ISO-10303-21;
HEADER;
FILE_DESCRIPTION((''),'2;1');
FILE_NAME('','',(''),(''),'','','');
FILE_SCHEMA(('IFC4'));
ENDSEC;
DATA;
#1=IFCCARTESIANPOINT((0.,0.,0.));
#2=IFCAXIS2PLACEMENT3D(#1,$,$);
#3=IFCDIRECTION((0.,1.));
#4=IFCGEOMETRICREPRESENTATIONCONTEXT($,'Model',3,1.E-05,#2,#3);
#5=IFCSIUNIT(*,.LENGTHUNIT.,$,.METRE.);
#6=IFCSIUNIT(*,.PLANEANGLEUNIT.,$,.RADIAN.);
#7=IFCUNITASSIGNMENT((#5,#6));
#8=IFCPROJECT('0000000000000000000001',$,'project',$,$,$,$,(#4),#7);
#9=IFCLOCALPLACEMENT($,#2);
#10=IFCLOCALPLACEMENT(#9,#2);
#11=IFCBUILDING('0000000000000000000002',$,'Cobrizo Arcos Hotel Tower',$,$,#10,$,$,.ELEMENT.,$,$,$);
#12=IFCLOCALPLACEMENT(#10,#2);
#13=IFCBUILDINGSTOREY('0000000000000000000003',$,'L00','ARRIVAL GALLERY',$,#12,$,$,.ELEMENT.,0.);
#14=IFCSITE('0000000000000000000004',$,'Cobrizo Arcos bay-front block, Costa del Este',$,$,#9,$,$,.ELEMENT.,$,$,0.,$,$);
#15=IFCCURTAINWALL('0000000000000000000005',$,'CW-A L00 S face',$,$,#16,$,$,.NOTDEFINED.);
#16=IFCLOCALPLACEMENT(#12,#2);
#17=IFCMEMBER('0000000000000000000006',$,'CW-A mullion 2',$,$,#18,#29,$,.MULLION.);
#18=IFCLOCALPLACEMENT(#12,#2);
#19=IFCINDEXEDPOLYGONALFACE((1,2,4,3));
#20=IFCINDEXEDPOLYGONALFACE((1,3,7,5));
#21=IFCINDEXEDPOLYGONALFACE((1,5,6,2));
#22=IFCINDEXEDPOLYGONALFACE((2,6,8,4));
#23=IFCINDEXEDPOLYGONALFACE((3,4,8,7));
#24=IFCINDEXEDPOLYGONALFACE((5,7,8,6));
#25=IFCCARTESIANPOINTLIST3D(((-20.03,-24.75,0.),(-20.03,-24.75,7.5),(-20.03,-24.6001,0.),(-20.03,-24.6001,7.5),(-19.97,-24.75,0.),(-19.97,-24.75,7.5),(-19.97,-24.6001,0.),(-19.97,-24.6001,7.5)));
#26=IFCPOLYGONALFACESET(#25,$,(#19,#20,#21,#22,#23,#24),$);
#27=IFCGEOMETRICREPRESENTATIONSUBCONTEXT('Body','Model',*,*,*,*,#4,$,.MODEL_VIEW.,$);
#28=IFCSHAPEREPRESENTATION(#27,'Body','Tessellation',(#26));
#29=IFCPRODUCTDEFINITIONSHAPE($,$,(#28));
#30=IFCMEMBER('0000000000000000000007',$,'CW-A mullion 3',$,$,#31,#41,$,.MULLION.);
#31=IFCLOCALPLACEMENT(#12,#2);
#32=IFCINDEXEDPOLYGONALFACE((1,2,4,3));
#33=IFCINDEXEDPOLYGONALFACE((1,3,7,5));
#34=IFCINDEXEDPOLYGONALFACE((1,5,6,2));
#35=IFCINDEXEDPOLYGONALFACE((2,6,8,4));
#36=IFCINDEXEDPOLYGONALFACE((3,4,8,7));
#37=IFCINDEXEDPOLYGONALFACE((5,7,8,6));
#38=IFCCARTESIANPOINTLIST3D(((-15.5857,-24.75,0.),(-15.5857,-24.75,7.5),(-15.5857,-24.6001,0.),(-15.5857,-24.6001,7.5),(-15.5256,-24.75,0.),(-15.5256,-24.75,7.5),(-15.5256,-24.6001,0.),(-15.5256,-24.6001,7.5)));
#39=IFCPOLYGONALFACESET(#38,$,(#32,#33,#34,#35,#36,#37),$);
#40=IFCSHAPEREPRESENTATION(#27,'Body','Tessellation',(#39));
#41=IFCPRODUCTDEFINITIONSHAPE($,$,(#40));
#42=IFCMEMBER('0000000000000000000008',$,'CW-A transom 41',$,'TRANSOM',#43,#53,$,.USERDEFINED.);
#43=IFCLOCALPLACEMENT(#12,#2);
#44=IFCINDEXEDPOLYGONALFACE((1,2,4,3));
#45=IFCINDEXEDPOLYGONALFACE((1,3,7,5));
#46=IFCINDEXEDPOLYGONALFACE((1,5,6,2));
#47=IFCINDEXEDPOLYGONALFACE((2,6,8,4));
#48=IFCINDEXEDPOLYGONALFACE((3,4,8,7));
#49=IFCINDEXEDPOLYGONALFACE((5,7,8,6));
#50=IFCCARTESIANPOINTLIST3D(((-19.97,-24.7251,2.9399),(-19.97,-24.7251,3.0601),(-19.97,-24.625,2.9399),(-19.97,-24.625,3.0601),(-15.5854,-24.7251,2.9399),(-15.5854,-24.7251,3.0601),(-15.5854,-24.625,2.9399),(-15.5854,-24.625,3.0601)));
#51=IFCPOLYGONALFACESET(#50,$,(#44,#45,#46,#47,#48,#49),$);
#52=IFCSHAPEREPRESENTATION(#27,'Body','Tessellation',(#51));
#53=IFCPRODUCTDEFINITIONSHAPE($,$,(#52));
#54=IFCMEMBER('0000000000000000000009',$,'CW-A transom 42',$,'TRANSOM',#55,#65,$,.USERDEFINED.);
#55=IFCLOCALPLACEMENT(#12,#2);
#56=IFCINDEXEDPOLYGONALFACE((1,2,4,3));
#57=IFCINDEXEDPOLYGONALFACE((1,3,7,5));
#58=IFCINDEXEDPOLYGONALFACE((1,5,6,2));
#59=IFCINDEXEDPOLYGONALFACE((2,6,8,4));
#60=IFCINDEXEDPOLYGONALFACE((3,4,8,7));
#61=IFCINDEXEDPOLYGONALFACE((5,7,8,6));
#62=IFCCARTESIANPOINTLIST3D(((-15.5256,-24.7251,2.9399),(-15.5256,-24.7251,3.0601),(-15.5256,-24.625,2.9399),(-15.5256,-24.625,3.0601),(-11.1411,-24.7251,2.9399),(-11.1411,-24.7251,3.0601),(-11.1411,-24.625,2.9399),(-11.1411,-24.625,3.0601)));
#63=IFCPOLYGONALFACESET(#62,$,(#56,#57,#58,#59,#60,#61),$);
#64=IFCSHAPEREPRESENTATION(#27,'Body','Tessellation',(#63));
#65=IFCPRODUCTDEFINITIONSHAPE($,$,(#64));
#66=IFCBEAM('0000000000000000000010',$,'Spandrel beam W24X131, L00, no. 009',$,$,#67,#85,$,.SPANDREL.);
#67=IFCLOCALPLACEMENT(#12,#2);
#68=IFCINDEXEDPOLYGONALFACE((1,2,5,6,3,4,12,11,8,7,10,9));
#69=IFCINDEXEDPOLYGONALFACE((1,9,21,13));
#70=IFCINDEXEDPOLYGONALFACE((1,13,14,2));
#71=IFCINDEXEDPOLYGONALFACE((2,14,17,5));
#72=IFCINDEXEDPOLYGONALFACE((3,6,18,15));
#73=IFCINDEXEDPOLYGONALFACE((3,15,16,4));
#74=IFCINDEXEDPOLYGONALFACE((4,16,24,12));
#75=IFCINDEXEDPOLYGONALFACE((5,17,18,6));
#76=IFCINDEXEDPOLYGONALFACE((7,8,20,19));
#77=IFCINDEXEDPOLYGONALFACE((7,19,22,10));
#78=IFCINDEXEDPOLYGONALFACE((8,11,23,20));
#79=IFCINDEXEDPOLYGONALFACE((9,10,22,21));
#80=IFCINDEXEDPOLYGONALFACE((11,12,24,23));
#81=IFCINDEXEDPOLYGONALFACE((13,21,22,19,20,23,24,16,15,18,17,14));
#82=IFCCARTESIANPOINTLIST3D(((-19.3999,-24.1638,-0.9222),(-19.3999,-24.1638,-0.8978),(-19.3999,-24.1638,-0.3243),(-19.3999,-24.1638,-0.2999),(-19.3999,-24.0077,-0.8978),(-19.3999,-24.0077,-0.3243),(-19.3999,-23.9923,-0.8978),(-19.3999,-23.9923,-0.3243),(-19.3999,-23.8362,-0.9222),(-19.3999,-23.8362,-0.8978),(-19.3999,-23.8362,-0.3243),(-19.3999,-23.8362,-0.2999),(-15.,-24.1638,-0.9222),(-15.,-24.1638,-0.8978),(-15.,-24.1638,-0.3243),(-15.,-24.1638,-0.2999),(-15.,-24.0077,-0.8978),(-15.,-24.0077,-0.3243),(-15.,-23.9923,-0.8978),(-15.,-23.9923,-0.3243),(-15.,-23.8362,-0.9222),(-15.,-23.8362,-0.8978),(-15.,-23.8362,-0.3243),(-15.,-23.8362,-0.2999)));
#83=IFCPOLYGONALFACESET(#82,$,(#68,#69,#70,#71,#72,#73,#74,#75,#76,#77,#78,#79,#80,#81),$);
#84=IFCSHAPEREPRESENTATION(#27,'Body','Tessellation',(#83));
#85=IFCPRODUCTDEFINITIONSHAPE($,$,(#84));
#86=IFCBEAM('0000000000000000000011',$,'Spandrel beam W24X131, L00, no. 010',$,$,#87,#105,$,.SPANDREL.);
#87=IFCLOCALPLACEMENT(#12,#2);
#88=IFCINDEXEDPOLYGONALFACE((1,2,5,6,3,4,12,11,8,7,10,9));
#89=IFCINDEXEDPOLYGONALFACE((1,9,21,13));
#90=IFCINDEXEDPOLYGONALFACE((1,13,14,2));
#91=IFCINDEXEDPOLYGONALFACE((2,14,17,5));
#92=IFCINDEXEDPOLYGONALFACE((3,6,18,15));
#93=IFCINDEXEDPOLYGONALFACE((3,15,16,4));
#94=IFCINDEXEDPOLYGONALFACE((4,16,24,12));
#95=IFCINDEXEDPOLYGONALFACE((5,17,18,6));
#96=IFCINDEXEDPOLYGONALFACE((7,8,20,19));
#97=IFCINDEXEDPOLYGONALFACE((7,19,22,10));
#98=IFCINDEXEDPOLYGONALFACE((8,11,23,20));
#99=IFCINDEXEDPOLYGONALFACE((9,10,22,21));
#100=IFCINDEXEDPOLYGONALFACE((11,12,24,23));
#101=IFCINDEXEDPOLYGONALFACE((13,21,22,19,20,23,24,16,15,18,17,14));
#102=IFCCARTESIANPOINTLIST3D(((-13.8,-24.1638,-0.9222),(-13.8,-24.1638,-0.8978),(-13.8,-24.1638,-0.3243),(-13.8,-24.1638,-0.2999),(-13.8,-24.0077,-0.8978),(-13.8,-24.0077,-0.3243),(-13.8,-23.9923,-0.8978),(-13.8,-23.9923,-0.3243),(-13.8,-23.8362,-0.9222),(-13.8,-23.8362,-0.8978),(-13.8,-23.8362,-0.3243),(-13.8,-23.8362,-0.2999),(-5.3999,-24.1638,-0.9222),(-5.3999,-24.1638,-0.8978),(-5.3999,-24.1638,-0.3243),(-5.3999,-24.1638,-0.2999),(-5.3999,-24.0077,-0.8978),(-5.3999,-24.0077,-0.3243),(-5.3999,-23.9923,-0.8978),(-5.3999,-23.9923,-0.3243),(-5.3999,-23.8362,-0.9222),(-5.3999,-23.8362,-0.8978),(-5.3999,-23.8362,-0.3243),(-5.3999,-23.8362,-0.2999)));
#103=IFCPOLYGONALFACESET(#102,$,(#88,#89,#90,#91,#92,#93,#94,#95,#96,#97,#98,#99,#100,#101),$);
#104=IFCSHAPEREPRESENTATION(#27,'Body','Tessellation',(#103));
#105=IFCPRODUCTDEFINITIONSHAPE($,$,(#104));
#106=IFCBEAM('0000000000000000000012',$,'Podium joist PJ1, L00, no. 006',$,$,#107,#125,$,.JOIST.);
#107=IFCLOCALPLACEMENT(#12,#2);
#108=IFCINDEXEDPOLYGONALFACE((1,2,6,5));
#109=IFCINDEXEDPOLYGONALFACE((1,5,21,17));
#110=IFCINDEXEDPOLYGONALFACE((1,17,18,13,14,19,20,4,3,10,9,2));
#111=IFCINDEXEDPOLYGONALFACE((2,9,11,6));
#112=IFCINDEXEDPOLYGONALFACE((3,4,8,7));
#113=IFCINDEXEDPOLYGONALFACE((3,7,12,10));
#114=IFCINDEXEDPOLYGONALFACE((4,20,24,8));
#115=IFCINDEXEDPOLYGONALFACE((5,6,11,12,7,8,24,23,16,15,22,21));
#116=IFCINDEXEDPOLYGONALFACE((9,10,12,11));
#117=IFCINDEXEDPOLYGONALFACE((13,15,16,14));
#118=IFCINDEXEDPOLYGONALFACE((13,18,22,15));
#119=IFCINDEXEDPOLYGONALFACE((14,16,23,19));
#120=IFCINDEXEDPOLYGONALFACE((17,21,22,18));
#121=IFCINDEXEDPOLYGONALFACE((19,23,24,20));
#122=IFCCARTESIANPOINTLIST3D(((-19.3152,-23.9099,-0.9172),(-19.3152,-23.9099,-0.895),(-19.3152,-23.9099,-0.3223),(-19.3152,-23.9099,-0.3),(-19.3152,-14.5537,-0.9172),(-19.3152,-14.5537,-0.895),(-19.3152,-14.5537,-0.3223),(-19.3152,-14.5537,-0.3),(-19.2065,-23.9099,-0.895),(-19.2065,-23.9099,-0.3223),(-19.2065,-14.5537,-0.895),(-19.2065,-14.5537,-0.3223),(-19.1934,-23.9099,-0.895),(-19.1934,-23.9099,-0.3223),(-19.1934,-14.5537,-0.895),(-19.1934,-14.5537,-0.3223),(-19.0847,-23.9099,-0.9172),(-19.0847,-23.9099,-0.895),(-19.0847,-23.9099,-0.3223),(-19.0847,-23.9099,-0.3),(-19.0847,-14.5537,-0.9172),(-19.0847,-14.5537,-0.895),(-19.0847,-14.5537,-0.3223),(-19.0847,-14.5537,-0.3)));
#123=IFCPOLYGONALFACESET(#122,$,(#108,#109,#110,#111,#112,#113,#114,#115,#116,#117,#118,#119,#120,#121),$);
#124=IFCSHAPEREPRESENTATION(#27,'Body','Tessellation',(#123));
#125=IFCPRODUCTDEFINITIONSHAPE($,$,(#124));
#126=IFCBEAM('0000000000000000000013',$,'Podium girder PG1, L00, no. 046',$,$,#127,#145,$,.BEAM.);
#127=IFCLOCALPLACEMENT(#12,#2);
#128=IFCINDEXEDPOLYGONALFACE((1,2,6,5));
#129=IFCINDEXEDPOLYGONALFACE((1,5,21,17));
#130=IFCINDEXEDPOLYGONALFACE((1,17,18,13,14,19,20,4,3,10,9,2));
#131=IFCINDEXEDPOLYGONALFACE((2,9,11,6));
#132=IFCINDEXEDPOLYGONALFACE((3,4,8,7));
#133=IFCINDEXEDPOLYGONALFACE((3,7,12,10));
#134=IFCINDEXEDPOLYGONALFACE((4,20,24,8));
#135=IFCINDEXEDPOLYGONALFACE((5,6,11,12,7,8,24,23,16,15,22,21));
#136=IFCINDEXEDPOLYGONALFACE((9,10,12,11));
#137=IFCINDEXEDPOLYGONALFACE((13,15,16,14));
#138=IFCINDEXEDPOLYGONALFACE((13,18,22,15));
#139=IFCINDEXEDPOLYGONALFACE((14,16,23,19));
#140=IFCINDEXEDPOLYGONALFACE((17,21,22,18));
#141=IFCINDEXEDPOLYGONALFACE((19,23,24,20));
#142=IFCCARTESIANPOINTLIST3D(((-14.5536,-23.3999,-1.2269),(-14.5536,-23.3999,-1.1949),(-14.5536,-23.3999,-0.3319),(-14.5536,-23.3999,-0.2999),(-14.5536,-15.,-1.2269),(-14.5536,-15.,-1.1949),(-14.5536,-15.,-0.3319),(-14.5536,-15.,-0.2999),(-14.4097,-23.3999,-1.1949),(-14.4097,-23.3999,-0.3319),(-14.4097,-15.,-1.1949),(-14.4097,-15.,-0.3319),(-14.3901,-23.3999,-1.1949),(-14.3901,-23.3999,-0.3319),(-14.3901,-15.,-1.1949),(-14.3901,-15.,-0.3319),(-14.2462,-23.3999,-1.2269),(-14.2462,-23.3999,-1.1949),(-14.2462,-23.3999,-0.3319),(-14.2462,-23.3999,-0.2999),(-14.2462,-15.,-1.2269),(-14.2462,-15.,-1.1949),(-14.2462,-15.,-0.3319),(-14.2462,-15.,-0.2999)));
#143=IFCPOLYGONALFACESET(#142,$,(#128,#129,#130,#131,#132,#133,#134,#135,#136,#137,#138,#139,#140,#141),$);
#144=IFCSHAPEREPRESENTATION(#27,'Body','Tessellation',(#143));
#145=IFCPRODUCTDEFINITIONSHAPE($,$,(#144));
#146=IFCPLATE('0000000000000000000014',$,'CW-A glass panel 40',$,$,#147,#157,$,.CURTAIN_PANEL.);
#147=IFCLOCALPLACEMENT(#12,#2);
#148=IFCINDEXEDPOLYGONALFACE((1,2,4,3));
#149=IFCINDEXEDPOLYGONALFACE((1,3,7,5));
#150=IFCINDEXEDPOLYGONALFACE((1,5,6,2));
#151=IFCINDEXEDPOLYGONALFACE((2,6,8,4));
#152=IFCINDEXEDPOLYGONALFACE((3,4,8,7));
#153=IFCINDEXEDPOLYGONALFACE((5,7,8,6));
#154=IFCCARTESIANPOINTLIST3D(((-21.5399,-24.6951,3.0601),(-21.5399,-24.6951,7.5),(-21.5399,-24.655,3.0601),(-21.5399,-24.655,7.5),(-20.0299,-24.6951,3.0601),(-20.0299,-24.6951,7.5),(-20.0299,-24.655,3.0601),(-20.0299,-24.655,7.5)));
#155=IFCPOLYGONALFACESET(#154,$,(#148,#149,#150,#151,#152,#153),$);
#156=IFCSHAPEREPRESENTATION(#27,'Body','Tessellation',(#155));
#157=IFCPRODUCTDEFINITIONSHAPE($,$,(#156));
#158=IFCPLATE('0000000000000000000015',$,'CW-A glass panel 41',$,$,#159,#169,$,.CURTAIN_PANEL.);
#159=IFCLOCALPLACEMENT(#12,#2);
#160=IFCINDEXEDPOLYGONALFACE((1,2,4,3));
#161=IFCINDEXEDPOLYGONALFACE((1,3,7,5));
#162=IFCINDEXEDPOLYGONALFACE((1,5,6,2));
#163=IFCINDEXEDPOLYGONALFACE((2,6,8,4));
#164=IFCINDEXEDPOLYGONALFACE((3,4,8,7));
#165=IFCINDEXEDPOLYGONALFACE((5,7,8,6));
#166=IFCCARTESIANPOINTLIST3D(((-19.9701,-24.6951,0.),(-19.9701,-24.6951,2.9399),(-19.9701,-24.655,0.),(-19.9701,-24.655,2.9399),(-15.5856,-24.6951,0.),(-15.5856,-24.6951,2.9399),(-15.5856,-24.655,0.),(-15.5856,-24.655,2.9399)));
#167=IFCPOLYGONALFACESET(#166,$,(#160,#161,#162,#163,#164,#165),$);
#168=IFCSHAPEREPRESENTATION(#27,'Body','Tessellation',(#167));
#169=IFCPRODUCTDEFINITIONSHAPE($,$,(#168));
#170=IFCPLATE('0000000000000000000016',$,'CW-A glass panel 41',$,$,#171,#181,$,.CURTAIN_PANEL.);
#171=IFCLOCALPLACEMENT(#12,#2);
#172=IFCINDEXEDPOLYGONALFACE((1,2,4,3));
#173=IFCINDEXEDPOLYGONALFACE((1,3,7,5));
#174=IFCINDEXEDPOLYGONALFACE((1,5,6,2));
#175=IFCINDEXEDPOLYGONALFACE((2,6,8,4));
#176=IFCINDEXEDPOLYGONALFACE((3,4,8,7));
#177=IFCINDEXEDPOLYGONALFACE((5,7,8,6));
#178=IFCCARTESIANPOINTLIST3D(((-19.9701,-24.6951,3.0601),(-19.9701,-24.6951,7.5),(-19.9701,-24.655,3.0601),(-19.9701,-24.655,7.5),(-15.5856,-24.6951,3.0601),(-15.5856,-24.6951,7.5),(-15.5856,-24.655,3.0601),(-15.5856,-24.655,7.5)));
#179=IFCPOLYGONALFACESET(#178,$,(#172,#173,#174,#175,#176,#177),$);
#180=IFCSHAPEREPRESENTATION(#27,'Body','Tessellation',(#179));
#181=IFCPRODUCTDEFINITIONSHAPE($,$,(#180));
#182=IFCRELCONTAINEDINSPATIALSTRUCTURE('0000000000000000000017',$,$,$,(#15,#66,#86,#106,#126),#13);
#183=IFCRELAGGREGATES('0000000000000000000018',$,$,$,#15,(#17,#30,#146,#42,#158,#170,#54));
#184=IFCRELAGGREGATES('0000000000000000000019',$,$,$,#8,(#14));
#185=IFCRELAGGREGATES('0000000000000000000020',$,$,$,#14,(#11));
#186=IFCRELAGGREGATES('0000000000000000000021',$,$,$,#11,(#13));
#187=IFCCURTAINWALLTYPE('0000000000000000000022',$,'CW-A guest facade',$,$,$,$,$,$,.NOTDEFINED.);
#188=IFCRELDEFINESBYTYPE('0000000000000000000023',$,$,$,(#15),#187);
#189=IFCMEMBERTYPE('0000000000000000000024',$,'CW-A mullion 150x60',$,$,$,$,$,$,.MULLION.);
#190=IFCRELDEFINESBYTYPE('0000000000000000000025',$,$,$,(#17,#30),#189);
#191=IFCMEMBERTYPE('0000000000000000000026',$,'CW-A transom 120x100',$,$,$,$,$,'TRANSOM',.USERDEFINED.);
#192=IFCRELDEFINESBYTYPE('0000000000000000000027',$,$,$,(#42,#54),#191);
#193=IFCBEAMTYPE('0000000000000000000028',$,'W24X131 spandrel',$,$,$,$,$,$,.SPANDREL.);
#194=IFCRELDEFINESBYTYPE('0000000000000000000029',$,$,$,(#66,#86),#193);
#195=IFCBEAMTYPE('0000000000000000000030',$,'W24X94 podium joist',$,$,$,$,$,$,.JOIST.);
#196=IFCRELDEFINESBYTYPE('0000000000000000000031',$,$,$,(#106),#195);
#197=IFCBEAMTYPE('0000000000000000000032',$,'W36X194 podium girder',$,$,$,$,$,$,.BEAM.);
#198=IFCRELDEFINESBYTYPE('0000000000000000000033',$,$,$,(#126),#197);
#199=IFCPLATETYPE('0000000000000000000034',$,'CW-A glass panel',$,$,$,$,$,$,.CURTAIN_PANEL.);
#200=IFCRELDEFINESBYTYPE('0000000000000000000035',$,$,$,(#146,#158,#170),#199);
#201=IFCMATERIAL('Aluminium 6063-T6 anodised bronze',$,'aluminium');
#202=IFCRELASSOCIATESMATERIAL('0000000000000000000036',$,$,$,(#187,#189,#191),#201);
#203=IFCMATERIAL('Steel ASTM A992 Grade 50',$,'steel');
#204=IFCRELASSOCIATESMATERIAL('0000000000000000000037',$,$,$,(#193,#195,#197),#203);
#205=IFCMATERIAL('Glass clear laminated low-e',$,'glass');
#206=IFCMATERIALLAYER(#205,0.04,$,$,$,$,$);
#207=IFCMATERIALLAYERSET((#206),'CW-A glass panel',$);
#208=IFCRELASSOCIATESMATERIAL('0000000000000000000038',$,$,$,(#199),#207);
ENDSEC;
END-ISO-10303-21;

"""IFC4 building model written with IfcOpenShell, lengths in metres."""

from ifc_helpers import new_model, si_unit, direction, frame, origin, origin_2d, place, context, subcontext, project, spatial, rectangle, i_section, extrude, material, layer, layer_set, material_profile, profile_set, type_object, element, aggregate, save


model = new_model("IFC4")

# Units and contexts
model_context = context("Model", 3, precision=1e-05, world=origin(), true_north=direction((0.0, 1.0)))
body_context = subcontext(model_context, "Body", "Model", "MODEL_VIEW")
ifc_project = project(units=[si_unit("LENGTHUNIT", "METRE"), si_unit("PLANEANGLEUNIT", "RADIAN")], contexts=[model_context])

# Site, building, storey
site_placement = place(None, origin())
site = spatial("IfcSite", under=ifc_project, at=site_placement, Name="Cobrizo Arcos bay-front block, Costa del Este", CompositionType="ELEMENT", RefElevation=0.0)
building_placement = place(site_placement, origin())
building = spatial("IfcBuilding", under=site, at=building_placement, Name="Cobrizo Arcos Hotel Tower", CompositionType="ELEMENT")
storey_placement = place(building_placement, origin())
storey = spatial("IfcBuildingStorey", under=building, at=storey_placement, Name="L00", Description="ARRIVAL GALLERY", CompositionType="ELEMENT", Elevation=0.0)

# Curtain wall, members
ifc_material_1 = material(Name="Aluminium 6063-T6 anodised bronze", Category="aluminium")
curtain_wall_type = type_object("IfcCurtainWallType", Name="CW-A guest facade", PredefinedType="NOTDEFINED", material=ifc_material_1)
curtain_wall_placement = place(storey_placement, origin())
curtain_wall = element("IfcCurtainWall", 1, at=curtain_wall_placement, inside=storey, type_object=curtain_wall_type, Name="CW-A L00 S face", PredefinedType="NOTDEFINED")
ifc_material_profile_1 = material_profile(ifc_material_1, rectangle(XDim=0.1499, YDim=0.0601, at=origin_2d()), Name="CW-A mullion 150x60")
ifc_profile_set_1 = profile_set([ifc_material_profile_1], Name="Aluminium 6063-T6 anodised bronze")
member_type_1 = type_object("IfcMemberType", Name="CW-A mullion 150x60", PredefinedType="MULLION", material=ifc_profile_set_1)
member_1_placement = place(storey_placement, frame((-20.0, -24.675, 0.0), z_axis=(0.0, 0.0, 1.0), x_axis=(0.0, -1.0, 0.0)))
member_1 = element("IfcMember", 2, at=member_1_placement, type_object=member_type_1, Name="CW-A mullion 2", PredefinedType="MULLION", context=body_context, shape_type="SweptSolid", body=[
    extrude(rectangle(XDim=0.1499, YDim=0.0601, at=origin_2d()), origin(), (0.0, 0.0, 1.0), 7.5),
])
member_2_placement = place(storey_placement, frame((-15.5557, -24.675, 0.0), z_axis=(0.0, 0.0, 1.0), x_axis=(0.0, -1.0, 0.0)))
member_2 = element("IfcMember", 3, at=member_2_placement, type_object=member_type_1, Name="CW-A mullion 3", PredefinedType="MULLION", context=body_context, shape_type="SweptSolid", body=[
    extrude(rectangle(XDim=0.1499, YDim=0.0601, at=origin_2d()), origin(), (0.0, 0.0, 1.0), 7.5),
])
ifc_material_profile_2 = material_profile(ifc_material_1, rectangle(XDim=0.1001, YDim=0.1201, at=origin_2d()), Name="CW-A transom 120x100")
ifc_profile_set_2 = profile_set([ifc_material_profile_2], Name="Aluminium 6063-T6 anodised bronze")
member_type_2 = type_object("IfcMemberType", Name="CW-A transom 120x100", ElementType="TRANSOM", PredefinedType="USERDEFINED", material=ifc_profile_set_2)
member_3_placement = place(storey_placement, frame((-19.97, -24.675, 3.0), z_axis=(1.0, 0.0, 0.0), x_axis=(0.0, 1.0, 0.0)))
member_3 = element("IfcMember", 4, at=member_3_placement, type_object=member_type_2, Name="CW-A transom 41", ObjectType="TRANSOM", PredefinedType="USERDEFINED", context=body_context, shape_type="SweptSolid", body=[
    extrude(rectangle(XDim=0.1001, YDim=0.1201, at=origin_2d()), origin(), (0.0, 0.0, 1.0), 4.3845),
])
member_4_placement = place(storey_placement, frame((-15.5256, -24.675, 3.0), z_axis=(1.0, 0.0, 0.0), x_axis=(0.0, 1.0, 0.0)))
member_4 = element("IfcMember", 5, at=member_4_placement, type_object=member_type_2, Name="CW-A transom 42", ObjectType="TRANSOM", PredefinedType="USERDEFINED", context=body_context, shape_type="SweptSolid", body=[
    extrude(rectangle(XDim=0.1001, YDim=0.1201, at=origin_2d()), origin(), (0.0, 0.0, 1.0), 4.3845),
])

# Beams
ifc_material_2 = material(Name="Steel ASTM A992 Grade 50", Category="steel")
ifc_material_profile_3 = material_profile(ifc_material_2, i_section(OverallWidth=0.3276, OverallDepth=0.6223, WebThickness=0.0154, FlangeThickness=0.0244, at=origin_2d()), Name="W24X131")
ifc_profile_set_3 = profile_set([ifc_material_profile_3], Name="Steel ASTM A992 Grade 50")
beam_type_1 = type_object("IfcBeamType", Name="W24X131 spandrel", PredefinedType="SPANDREL", material=ifc_profile_set_3)
beam_1_placement = place(storey_placement, frame((-19.3999, -24.0, -0.6111), z_axis=(1.0, 0.0, 0.0), x_axis=(0.0, 1.0, 0.0)))
element("IfcBeam", 6, at=beam_1_placement, inside=storey, type_object=beam_type_1, Name="Spandrel beam W24X131, L00, no. 009", PredefinedType="SPANDREL", context=body_context, shape_type="SweptSolid", body=[
    extrude(i_section(OverallWidth=0.3276, OverallDepth=0.6223, WebThickness=0.0154, FlangeThickness=0.0244, at=origin_2d()), origin(), (0.0, 0.0, 1.0), 4.3999),
])
beam_2_placement = place(storey_placement, frame((-13.8, -24.0, -0.6111), z_axis=(1.0, 0.0, 0.0), x_axis=(0.0, 1.0, 0.0)))
element("IfcBeam", 7, at=beam_2_placement, inside=storey, type_object=beam_type_1, Name="Spandrel beam W24X131, L00, no. 010", PredefinedType="SPANDREL", context=body_context, shape_type="SweptSolid", body=[
    extrude(i_section(OverallWidth=0.3276, OverallDepth=0.6223, WebThickness=0.0154, FlangeThickness=0.0244, at=origin_2d()), origin(), (0.0, 0.0, 1.0), 8.4001),
])
ifc_material_profile_4 = material_profile(ifc_material_2, i_section(OverallWidth=0.2305, OverallDepth=0.6172, WebThickness=0.0132, FlangeThickness=0.0222, at=origin_2d()), Name="W24X94")
ifc_profile_set_4 = profile_set([ifc_material_profile_4], Name="Steel ASTM A992 Grade 50")
beam_type_2 = type_object("IfcBeamType", Name="W24X94 podium joist", PredefinedType="JOIST", material=ifc_profile_set_4)
beam_3_placement = place(storey_placement, frame((-19.2, -23.9099, -0.6086), z_axis=(0.0, 1.0, 0.0), x_axis=(-1.0, 0.0, 0.0)))
element("IfcBeam", 8, at=beam_3_placement, inside=storey, type_object=beam_type_2, Name="Podium joist PJ1, L00, no. 006", PredefinedType="JOIST", context=body_context, shape_type="SweptSolid", body=[
    extrude(i_section(OverallWidth=0.2305, OverallDepth=0.6172, WebThickness=0.0132, FlangeThickness=0.0222, at=origin_2d()), origin(), (0.0, 0.0, 1.0), 9.3562),
])
ifc_material_profile_5 = material_profile(ifc_material_2, i_section(OverallWidth=0.3074, OverallDepth=0.927, WebThickness=0.0195, FlangeThickness=0.032, at=origin_2d()), Name="W36X194")
ifc_profile_set_5 = profile_set([ifc_material_profile_5], Name="Steel ASTM A992 Grade 50")
beam_type_3 = type_object("IfcBeamType", Name="W36X194 podium girder", PredefinedType="BEAM", material=ifc_profile_set_5)
beam_4_placement = place(storey_placement, frame((-14.3999, -23.3999, -0.7634), z_axis=(0.0, 1.0, 0.0), x_axis=(-1.0, 0.0, 0.0)))
element("IfcBeam", 9, at=beam_4_placement, inside=storey, type_object=beam_type_3, Name="Podium girder PG1, L00, no. 046", PredefinedType="BEAM", context=body_context, shape_type="SweptSolid", body=[
    extrude(i_section(OverallWidth=0.3074, OverallDepth=0.927, WebThickness=0.0195, FlangeThickness=0.032, at=origin_2d()), origin(), (0.0, 0.0, 1.0), 8.3999),
])

# Plates
ifc_material_3 = material(Name="Glass clear laminated low-e", Category="glass")
ifc_layer_1 = layer(ifc_material_3, 0.04)
ifc_layer_set_1 = layer_set([ifc_layer_1], Name="CW-A glass panel")
plate_type = type_object("IfcPlateType", Name="CW-A glass panel", PredefinedType="CURTAIN_PANEL", material=ifc_layer_set_1)
plate_1_placement = place(storey_placement, frame((-20.7849, -24.675, 3.0601), z_axis=(0.0, 0.0, 1.0), x_axis=(1.0, 0.0, 0.0)))
plate_1 = element("IfcPlate", 10, at=plate_1_placement, type_object=plate_type, Name="CW-A glass panel 40", PredefinedType="CURTAIN_PANEL", context=body_context, shape_type="SweptSolid", body=[
    extrude(rectangle(XDim=1.51, YDim=0.04, at=origin_2d()), origin(), (0.0, 0.0, 1.0), 4.4399),
])
plate_2_placement = place(storey_placement, frame((-17.7778, -24.675, 0.0), z_axis=(0.0, 0.0, 1.0), x_axis=(1.0, 0.0, 0.0)))
plate_2 = element("IfcPlate", 11, at=plate_2_placement, type_object=plate_type, Name="CW-A glass panel 41", PredefinedType="CURTAIN_PANEL", context=body_context, shape_type="SweptSolid", body=[
    extrude(rectangle(XDim=4.3845, YDim=0.04, at=origin_2d()), origin(), (0.0, 0.0, 1.0), 2.9399),
])
plate_3_placement = place(storey_placement, frame((-17.7778, -24.675, 3.0601), z_axis=(0.0, 0.0, 1.0), x_axis=(1.0, 0.0, 0.0)))
plate_3 = element("IfcPlate", 12, at=plate_3_placement, type_object=plate_type, Name="CW-A glass panel 41", PredefinedType="CURTAIN_PANEL", context=body_context, shape_type="SweptSolid", body=[
    extrude(rectangle(XDim=4.3845, YDim=0.04, at=origin_2d()), origin(), (0.0, 0.0, 1.0), 4.4399),
])
aggregate(curtain_wall, [member_1, member_2, plate_1, member_3, plate_2, plate_3, member_4])

save(model, "model.ifc")
